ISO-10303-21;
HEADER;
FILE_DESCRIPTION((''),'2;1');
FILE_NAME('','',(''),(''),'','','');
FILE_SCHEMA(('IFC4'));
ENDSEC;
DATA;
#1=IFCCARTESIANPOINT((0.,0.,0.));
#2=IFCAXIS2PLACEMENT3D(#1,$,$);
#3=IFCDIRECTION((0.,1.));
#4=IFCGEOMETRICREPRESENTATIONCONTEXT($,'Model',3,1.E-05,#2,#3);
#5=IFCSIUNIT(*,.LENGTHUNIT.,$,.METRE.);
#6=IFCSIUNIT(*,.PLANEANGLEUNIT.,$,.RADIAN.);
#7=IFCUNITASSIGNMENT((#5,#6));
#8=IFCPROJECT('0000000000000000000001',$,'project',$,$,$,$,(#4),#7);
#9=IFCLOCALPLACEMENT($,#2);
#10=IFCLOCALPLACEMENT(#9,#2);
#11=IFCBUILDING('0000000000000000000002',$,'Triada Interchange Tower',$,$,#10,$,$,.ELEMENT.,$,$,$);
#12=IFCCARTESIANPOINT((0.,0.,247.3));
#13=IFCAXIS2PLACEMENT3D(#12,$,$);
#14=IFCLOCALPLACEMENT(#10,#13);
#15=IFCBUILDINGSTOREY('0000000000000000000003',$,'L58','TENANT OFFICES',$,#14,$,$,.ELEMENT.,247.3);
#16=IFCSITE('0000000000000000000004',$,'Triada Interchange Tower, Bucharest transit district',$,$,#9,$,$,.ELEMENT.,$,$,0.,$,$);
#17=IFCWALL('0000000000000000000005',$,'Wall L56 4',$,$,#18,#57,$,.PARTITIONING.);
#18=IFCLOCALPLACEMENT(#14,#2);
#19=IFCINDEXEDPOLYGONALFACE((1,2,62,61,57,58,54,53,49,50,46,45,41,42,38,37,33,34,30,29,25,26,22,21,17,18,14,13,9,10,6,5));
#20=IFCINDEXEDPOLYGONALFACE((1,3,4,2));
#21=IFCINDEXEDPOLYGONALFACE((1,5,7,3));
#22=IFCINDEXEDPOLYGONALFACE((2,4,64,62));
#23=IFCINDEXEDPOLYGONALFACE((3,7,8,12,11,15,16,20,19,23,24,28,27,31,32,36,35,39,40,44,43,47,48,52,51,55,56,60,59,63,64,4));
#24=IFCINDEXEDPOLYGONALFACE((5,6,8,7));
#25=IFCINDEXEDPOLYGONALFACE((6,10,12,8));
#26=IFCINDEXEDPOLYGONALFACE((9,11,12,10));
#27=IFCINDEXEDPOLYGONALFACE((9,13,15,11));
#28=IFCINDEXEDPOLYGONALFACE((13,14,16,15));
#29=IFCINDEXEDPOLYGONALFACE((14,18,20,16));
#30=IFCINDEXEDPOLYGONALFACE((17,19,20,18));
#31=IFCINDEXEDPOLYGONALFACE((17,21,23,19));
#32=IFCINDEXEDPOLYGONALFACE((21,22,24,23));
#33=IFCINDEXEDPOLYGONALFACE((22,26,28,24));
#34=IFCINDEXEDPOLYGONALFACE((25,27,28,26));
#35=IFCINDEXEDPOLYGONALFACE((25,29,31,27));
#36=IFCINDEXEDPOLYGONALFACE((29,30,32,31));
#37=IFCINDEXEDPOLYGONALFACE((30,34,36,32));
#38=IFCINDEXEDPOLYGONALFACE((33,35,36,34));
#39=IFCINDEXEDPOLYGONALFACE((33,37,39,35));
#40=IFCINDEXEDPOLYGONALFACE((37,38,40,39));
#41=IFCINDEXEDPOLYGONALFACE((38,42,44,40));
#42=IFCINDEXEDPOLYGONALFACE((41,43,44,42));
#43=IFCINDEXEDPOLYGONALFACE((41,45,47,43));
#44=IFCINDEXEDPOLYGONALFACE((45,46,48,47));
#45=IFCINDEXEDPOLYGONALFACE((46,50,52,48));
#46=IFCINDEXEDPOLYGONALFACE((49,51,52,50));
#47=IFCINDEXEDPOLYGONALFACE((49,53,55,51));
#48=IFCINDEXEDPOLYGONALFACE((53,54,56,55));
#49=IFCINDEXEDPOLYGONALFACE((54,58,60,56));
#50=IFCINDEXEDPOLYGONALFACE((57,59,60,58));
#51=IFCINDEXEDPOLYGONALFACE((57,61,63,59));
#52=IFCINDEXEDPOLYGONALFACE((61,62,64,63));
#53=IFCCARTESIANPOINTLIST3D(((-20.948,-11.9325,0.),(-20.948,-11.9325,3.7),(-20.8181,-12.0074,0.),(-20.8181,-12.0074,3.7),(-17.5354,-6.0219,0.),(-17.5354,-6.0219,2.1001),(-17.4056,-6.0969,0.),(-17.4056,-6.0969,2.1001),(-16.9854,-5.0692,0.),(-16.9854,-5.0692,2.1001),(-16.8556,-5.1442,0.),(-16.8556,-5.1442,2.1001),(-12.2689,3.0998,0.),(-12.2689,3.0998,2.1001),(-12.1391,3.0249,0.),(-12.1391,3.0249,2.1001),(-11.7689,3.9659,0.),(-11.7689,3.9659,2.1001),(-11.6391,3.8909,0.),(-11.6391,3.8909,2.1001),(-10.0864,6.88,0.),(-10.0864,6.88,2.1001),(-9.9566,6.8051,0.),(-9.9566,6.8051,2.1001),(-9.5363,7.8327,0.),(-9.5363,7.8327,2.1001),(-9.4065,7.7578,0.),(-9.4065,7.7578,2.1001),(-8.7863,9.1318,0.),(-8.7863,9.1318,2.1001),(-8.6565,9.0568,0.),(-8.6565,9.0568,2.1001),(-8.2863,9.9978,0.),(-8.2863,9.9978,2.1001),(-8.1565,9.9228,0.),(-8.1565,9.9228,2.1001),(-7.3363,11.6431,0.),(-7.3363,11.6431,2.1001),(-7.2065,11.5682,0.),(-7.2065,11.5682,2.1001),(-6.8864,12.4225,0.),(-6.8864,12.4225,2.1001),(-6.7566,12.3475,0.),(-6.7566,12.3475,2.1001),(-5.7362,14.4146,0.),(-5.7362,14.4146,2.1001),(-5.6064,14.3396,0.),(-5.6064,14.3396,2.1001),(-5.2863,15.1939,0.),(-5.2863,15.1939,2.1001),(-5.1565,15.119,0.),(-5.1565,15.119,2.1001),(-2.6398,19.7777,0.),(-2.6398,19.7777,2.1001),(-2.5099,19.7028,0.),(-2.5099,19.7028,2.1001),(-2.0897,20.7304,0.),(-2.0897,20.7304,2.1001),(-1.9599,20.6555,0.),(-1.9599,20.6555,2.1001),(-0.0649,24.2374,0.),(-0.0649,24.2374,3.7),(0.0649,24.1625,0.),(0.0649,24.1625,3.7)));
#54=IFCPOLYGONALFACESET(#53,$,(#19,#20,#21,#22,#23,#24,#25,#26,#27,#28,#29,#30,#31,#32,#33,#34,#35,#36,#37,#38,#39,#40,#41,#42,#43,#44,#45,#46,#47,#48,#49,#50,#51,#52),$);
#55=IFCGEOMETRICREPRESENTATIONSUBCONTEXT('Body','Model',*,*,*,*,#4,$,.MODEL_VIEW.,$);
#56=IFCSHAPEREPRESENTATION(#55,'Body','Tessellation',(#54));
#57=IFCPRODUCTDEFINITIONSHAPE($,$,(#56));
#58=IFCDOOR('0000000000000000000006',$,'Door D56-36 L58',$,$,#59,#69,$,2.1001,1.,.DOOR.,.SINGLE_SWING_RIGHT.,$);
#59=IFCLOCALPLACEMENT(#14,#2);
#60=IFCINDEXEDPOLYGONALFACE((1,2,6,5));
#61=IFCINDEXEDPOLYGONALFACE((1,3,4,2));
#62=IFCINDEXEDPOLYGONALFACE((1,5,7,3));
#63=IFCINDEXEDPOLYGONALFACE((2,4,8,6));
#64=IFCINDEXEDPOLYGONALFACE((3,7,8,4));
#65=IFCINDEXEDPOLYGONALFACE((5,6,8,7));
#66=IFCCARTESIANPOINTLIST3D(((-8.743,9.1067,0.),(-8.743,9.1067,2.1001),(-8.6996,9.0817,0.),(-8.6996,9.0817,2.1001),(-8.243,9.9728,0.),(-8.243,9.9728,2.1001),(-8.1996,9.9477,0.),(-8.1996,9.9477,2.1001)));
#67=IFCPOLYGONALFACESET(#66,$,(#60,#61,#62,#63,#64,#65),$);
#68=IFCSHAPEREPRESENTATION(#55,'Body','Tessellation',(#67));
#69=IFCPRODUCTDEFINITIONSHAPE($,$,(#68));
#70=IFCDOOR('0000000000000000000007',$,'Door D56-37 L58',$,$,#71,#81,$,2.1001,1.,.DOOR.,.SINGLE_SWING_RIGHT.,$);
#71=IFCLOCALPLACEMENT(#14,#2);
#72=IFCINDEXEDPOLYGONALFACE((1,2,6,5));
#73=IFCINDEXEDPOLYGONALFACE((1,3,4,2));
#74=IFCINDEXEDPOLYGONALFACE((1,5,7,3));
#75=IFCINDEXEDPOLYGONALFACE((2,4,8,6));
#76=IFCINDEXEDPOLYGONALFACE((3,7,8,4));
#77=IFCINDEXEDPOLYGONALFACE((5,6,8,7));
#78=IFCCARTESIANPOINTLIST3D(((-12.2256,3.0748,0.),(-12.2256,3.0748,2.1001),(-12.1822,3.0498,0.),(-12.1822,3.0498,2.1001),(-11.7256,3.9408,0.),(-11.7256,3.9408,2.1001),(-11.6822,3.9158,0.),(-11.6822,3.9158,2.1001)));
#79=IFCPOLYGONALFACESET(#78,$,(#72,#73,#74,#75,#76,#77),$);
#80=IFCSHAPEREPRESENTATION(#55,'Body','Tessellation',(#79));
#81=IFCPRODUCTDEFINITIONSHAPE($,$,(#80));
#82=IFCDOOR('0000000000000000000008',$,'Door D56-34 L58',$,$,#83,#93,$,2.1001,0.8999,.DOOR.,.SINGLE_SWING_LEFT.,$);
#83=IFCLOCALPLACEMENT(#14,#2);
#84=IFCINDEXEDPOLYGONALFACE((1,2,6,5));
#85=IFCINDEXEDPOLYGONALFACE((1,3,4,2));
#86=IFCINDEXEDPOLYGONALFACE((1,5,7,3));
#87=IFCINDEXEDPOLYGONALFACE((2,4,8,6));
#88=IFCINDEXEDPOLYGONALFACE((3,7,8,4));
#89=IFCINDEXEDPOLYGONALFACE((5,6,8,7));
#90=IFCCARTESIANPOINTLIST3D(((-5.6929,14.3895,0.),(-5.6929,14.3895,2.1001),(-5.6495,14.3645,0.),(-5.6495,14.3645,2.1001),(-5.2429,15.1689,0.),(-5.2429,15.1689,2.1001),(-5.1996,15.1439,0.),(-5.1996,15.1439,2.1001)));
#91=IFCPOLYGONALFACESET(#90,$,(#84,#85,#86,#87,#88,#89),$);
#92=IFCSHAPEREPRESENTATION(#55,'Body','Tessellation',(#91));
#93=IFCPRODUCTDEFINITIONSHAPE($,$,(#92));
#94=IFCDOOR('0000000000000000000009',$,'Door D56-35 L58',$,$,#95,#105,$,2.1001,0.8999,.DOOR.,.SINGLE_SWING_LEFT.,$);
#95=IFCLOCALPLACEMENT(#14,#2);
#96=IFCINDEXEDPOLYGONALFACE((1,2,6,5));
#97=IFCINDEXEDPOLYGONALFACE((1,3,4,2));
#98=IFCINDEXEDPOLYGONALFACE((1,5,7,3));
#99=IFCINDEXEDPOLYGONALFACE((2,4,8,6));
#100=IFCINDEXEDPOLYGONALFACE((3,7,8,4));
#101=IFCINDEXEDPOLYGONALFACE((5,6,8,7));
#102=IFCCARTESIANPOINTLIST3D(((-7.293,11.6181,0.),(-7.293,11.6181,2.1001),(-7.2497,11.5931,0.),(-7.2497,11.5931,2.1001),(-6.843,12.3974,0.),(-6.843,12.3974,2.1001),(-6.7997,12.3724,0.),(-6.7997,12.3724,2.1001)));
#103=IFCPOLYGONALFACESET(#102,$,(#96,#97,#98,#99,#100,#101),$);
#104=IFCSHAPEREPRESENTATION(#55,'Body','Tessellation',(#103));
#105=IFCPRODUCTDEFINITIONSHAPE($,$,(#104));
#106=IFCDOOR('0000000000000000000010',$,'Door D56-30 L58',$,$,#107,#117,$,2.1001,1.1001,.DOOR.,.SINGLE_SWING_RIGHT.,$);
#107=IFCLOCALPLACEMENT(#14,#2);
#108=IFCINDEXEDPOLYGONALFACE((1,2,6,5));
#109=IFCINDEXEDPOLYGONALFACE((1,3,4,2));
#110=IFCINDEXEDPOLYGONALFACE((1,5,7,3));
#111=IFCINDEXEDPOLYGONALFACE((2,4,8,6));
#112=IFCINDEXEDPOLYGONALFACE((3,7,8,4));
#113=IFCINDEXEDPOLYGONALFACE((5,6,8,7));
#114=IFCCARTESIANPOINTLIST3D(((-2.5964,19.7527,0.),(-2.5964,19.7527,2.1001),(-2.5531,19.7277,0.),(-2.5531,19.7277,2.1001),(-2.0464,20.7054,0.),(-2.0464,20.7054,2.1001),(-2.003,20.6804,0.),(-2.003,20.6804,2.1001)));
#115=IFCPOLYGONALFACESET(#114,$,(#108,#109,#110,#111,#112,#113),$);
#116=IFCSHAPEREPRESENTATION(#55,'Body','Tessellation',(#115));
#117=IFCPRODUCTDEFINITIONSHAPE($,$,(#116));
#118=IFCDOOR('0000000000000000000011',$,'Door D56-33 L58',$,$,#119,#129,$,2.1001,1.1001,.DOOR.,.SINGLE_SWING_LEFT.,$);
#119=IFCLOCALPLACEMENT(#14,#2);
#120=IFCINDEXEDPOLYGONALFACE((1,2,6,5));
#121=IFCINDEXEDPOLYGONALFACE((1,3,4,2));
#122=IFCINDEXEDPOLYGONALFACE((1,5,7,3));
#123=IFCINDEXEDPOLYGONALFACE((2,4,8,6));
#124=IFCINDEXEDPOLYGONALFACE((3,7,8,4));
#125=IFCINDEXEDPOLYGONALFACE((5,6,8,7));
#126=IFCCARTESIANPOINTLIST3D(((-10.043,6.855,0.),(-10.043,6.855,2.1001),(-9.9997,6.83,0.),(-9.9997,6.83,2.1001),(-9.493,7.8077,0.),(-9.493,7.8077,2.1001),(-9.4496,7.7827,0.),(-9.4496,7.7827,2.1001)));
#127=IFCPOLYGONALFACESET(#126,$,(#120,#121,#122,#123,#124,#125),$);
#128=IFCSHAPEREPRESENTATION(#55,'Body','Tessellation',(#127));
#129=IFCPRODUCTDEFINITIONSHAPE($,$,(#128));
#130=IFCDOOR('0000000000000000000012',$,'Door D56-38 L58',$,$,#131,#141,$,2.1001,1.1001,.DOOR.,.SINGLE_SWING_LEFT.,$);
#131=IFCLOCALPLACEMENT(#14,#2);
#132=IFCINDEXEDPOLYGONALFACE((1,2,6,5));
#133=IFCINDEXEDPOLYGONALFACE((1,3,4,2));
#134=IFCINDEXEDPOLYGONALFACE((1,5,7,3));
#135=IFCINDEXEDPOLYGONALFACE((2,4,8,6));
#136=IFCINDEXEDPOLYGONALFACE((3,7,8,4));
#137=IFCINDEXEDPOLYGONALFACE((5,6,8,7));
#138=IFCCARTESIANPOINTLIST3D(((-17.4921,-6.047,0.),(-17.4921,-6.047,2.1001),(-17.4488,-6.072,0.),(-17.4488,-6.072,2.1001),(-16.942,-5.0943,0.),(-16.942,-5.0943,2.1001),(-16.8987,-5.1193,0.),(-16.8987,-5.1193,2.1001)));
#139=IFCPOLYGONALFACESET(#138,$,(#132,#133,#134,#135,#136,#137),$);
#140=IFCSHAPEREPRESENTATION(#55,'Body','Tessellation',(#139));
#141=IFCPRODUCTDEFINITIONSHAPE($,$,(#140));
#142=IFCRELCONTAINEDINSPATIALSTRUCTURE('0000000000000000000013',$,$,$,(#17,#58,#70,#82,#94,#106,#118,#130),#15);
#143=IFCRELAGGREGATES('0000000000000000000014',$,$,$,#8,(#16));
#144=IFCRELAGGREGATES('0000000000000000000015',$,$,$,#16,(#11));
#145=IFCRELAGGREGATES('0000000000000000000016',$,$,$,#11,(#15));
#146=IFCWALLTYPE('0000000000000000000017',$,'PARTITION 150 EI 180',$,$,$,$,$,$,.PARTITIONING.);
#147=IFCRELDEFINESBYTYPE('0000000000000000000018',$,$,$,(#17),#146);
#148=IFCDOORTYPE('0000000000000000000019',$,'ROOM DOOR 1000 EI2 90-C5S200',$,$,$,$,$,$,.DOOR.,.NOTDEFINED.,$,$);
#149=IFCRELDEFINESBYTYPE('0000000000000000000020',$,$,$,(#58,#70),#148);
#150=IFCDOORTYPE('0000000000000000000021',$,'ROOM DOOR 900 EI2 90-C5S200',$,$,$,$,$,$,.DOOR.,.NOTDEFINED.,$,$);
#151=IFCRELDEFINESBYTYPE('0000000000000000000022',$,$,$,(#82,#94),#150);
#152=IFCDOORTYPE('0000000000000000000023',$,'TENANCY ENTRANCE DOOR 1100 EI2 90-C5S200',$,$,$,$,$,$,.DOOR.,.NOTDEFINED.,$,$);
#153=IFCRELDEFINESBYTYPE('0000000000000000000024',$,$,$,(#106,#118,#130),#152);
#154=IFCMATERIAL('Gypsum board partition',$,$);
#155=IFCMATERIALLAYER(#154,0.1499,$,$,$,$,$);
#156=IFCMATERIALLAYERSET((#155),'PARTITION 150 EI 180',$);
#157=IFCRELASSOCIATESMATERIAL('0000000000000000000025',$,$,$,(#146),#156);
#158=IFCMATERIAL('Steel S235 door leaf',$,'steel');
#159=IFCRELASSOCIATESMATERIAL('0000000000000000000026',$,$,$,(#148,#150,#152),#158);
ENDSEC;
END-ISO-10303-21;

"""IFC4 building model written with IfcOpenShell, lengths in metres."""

from ifc_helpers import new_model, si_unit, direction, frame, frame_2d, origin, place, context, subcontext, project, spatial, rectangle, extrude, material, layer, layer_set, type_object, element, fill, save


model = new_model("IFC4")

# Units and contexts
model_context = context("Model", 3, precision=1e-05, world=origin(), true_north=direction((0.0, 1.0)))
body_context = subcontext(model_context, "Body", "Model", "MODEL_VIEW")
ifc_project = project(units=[si_unit("LENGTHUNIT", "METRE"), si_unit("PLANEANGLEUNIT", "RADIAN")], contexts=[model_context])

# Site, building, storey
site_placement = place(None, origin())
site = spatial("IfcSite", under=ifc_project, at=site_placement, Name="Triada Interchange Tower, Bucharest transit district", CompositionType="ELEMENT", RefElevation=0.0)
building_placement = place(site_placement, origin())
building = spatial("IfcBuilding", under=site, at=building_placement, Name="Triada Interchange Tower", CompositionType="ELEMENT")
storey_placement = place(building_placement, frame((0.0, 0.0, 247.3)))
storey = spatial("IfcBuildingStorey", under=building, at=storey_placement, Name="L58", Description="TENANT OFFICES", CompositionType="ELEMENT", Elevation=247.3)

# Wall, openings, doors
ifc_material_1 = material(Name="Gypsum board partition")
ifc_layer = layer(ifc_material_1, 0.1499)
ifc_layer_set = layer_set([ifc_layer], Name="PARTITION 150 EI 180")
wall_type = type_object("IfcWallType", Name="PARTITION 150 EI 180", PredefinedType="PARTITIONING", material=ifc_layer_set)
ifc_material_2 = material(Name="Steel S235 door leaf", Category="steel")
door_type_1 = type_object("IfcDoorType", Name="ROOM DOOR 1000 EI2 90-C5S200", OperationType="NOTDEFINED", PredefinedType="DOOR", material=ifc_material_2)
door_type_2 = type_object("IfcDoorType", Name="ROOM DOOR 900 EI2 90-C5S200", OperationType="NOTDEFINED", PredefinedType="DOOR", material=ifc_material_2)
door_type_3 = type_object("IfcDoorType", Name="TENANCY ENTRANCE DOOR 1100 EI2 90-C5S200", OperationType="NOTDEFINED", PredefinedType="DOOR", material=ifc_material_2)
wall_1_placement = place(storey_placement, frame((-20.8831, -11.97, 0.0), z_axis=(0.0, 0.0, 1.0), x_axis=(0.500006, 0.866022, 0.0)))
wall_1 = element("IfcWall", 1, at=wall_1_placement, inside=storey, type_object=wall_type, Name="Wall L56 4", PredefinedType="PARTITIONING", context=body_context, shape_type="SweptSolid", body=[
    extrude(rectangle(XDim=41.7656, YDim=0.1499, at=frame_2d((20.8828, 0.0))), origin(), (0.0, 0.0, 1.0), 3.7),
])
opening_1_placement = place(wall_1_placement, frame((36.616, 0.0, 0.0)))
opening_1 = element("IfcOpeningElement", 2, at=opening_1_placement, cuts=wall_1, PredefinedType="OPENING", context=body_context, shape_type="SweptSolid", body=[
    extrude(rectangle(XDim=1.1001, YDim=2.1001, at=frame_2d((0.55, 1.05))), frame((0.0, 0.085, 0.0), z_axis=(0.0, -1.0, 0.0), x_axis=(1.0, 0.0, 0.0)), (0.0, 0.0, 1.0), 0.1699),
])
opening_2_placement = place(wall_1_placement, frame((21.7229, 0.0, 0.0)))
opening_2 = element("IfcOpeningElement", 3, at=opening_2_placement, cuts=wall_1, PredefinedType="OPENING", context=body_context, shape_type="SweptSolid", body=[
    extrude(rectangle(XDim=1.1001, YDim=2.1001, at=frame_2d((0.55, 1.05))), frame((0.0, 0.085, 0.0), z_axis=(0.0, -1.0, 0.0), x_axis=(1.0, 0.0, 0.0)), (0.0, 0.0, 1.0), 0.1699),
])
opening_3_placement = place(wall_1_placement, frame((30.4231, 0.0, 0.0)))
opening_3 = element("IfcOpeningElement", 4, at=opening_3_placement, cuts=wall_1, PredefinedType="OPENING", context=body_context, shape_type="SweptSolid", body=[
    extrude(rectangle(XDim=0.8999, YDim=2.1001, at=frame_2d((0.45, 1.05))), frame((0.0, 0.085, 0.0), z_axis=(0.0, -1.0, 0.0), x_axis=(1.0, 0.0, 0.0)), (0.0, 0.0, 1.0), 0.1699),
])
opening_4_placement = place(wall_1_placement, frame((27.2229, 0.0, 0.0)))
opening_4 = element("IfcOpeningElement", 5, at=opening_4_placement, cuts=wall_1, PredefinedType="OPENING", context=body_context, shape_type="SweptSolid", body=[
    extrude(rectangle(XDim=0.8999, YDim=2.1001, at=frame_2d((0.45, 1.05))), frame((0.0, 0.085, 0.0), z_axis=(0.0, -1.0, 0.0), x_axis=(1.0, 0.0, 0.0)), (0.0, 0.0, 1.0), 0.1699),
])
opening_5_placement = place(wall_1_placement, frame((24.323, 0.0, 0.0)))
opening_5 = element("IfcOpeningElement", 6, at=opening_5_placement, cuts=wall_1, PredefinedType="OPENING", context=body_context, shape_type="SweptSolid", body=[
    extrude(rectangle(XDim=1.0, YDim=2.1001, at=frame_2d((0.5, 1.05))), frame((0.0, 0.085, 0.0), z_axis=(0.0, -1.0, 0.0), x_axis=(1.0, 0.0, 0.0)), (0.0, 0.0, 1.0), 0.1699),
])
opening_6_placement = place(wall_1_placement, frame((17.3579, 0.0, 0.0)))
opening_6 = element("IfcOpeningElement", 7, at=opening_6_placement, cuts=wall_1, PredefinedType="OPENING", context=body_context, shape_type="SweptSolid", body=[
    extrude(rectangle(XDim=1.0, YDim=2.1001, at=frame_2d((0.5, 1.05))), frame((0.0, 0.085, 0.0), z_axis=(0.0, -1.0, 0.0), x_axis=(1.0, 0.0, 0.0)), (0.0, 0.0, 1.0), 0.1699),
])
opening_7_placement = place(wall_1_placement, frame((6.825, 0.0, 0.0)))
opening_7 = element("IfcOpeningElement", 8, at=opening_7_placement, cuts=wall_1, PredefinedType="OPENING", context=body_context, shape_type="SweptSolid", body=[
    extrude(rectangle(XDim=1.1001, YDim=2.1001, at=frame_2d((0.55, 1.05))), frame((0.0, 0.085, 0.0), z_axis=(0.0, -1.0, 0.0), x_axis=(1.0, 0.0, 0.0)), (0.0, 0.0, 1.0), 0.1699),
])
door_1_placement = place(opening_5_placement, origin())
door_1 = element("IfcDoor", 9, at=door_1_placement, inside=storey, type_object=door_type_1, Name="Door D56-36 L58", OperationType="SINGLE_SWING_RIGHT", OverallHeight=2.1001, OverallWidth=1.0, PredefinedType="DOOR", context=body_context, shape_type="SweptSolid", body=[
    extrude(rectangle(XDim=1.0, YDim=2.1001, at=frame_2d((0.5, 1.05))), frame((0.0, 0.0249, 0.0), z_axis=(0.0, -1.0, 0.0), x_axis=(1.0, 0.0, 0.0)), (0.0, 0.0, 1.0), 0.05),
])
fill(opening_5, door_1)
door_2_placement = place(opening_6_placement, origin())
door_2 = element("IfcDoor", 10, at=door_2_placement, inside=storey, type_object=door_type_1, Name="Door D56-37 L58", OperationType="SINGLE_SWING_RIGHT", OverallHeight=2.1001, OverallWidth=1.0, PredefinedType="DOOR", context=body_context, shape_type="SweptSolid", body=[
    extrude(rectangle(XDim=1.0, YDim=2.1001, at=frame_2d((0.5, 1.05))), frame((0.0, 0.0249, 0.0), z_axis=(0.0, -1.0, 0.0), x_axis=(1.0, 0.0, 0.0)), (0.0, 0.0, 1.0), 0.05),
])
fill(opening_6, door_2)
door_3_placement = place(opening_3_placement, origin())
door_3 = element("IfcDoor", 11, at=door_3_placement, inside=storey, type_object=door_type_2, Name="Door D56-34 L58", OperationType="SINGLE_SWING_LEFT", OverallHeight=2.1001, OverallWidth=0.8999, PredefinedType="DOOR", context=body_context, shape_type="SweptSolid", body=[
    extrude(rectangle(XDim=0.8999, YDim=2.1001, at=frame_2d((0.45, 1.05))), frame((0.0, 0.0249, 0.0), z_axis=(0.0, -1.0, 0.0), x_axis=(1.0, 0.0, 0.0)), (0.0, 0.0, 1.0), 0.05),
])
fill(opening_3, door_3)
door_4_placement = place(opening_4_placement, origin())
door_4 = element("IfcDoor", 12, at=door_4_placement, inside=storey, type_object=door_type_2, Name="Door D56-35 L58", OperationType="SINGLE_SWING_LEFT", OverallHeight=2.1001, OverallWidth=0.8999, PredefinedType="DOOR", context=body_context, shape_type="SweptSolid", body=[
    extrude(rectangle(XDim=0.8999, YDim=2.1001, at=frame_2d((0.45, 1.05))), frame((0.0, 0.0249, 0.0), z_axis=(0.0, -1.0, 0.0), x_axis=(1.0, 0.0, 0.0)), (0.0, 0.0, 1.0), 0.05),
])
fill(opening_4, door_4)
door_5_placement = place(opening_1_placement, origin())
door_5 = element("IfcDoor", 13, at=door_5_placement, inside=storey, type_object=door_type_3, Name="Door D56-30 L58", OperationType="SINGLE_SWING_RIGHT", OverallHeight=2.1001, OverallWidth=1.1001, PredefinedType="DOOR", context=body_context, shape_type="SweptSolid", body=[
    extrude(rectangle(XDim=1.1001, YDim=2.1001, at=frame_2d((0.55, 1.05))), frame((0.0, 0.0249, 0.0), z_axis=(0.0, -1.0, 0.0), x_axis=(1.0, 0.0, 0.0)), (0.0, 0.0, 1.0), 0.05),
])
fill(opening_1, door_5)
door_6_placement = place(opening_2_placement, origin())
door_6 = element("IfcDoor", 14, at=door_6_placement, inside=storey, type_object=door_type_3, Name="Door D56-33 L58", OperationType="SINGLE_SWING_LEFT", OverallHeight=2.1001, OverallWidth=1.1001, PredefinedType="DOOR", context=body_context, shape_type="SweptSolid", body=[
    extrude(rectangle(XDim=1.1001, YDim=2.1001, at=frame_2d((0.55, 1.05))), frame((0.0, 0.0249, 0.0), z_axis=(0.0, -1.0, 0.0), x_axis=(1.0, 0.0, 0.0)), (0.0, 0.0, 1.0), 0.05),
])
fill(opening_2, door_6)
door_7_placement = place(opening_7_placement, origin())
door_7 = element("IfcDoor", 15, at=door_7_placement, inside=storey, type_object=door_type_3, Name="Door D56-38 L58", OperationType="SINGLE_SWING_LEFT", OverallHeight=2.1001, OverallWidth=1.1001, PredefinedType="DOOR", context=body_context, shape_type="SweptSolid", body=[
    extrude(rectangle(XDim=1.1001, YDim=2.1001, at=frame_2d((0.55, 1.05))), frame((0.0, 0.0249, 0.0), z_axis=(0.0, -1.0, 0.0), x_axis=(1.0, 0.0, 0.0)), (0.0, 0.0, 1.0), 0.05),
])
fill(opening_7, door_7)

save(model, "model.ifc")
